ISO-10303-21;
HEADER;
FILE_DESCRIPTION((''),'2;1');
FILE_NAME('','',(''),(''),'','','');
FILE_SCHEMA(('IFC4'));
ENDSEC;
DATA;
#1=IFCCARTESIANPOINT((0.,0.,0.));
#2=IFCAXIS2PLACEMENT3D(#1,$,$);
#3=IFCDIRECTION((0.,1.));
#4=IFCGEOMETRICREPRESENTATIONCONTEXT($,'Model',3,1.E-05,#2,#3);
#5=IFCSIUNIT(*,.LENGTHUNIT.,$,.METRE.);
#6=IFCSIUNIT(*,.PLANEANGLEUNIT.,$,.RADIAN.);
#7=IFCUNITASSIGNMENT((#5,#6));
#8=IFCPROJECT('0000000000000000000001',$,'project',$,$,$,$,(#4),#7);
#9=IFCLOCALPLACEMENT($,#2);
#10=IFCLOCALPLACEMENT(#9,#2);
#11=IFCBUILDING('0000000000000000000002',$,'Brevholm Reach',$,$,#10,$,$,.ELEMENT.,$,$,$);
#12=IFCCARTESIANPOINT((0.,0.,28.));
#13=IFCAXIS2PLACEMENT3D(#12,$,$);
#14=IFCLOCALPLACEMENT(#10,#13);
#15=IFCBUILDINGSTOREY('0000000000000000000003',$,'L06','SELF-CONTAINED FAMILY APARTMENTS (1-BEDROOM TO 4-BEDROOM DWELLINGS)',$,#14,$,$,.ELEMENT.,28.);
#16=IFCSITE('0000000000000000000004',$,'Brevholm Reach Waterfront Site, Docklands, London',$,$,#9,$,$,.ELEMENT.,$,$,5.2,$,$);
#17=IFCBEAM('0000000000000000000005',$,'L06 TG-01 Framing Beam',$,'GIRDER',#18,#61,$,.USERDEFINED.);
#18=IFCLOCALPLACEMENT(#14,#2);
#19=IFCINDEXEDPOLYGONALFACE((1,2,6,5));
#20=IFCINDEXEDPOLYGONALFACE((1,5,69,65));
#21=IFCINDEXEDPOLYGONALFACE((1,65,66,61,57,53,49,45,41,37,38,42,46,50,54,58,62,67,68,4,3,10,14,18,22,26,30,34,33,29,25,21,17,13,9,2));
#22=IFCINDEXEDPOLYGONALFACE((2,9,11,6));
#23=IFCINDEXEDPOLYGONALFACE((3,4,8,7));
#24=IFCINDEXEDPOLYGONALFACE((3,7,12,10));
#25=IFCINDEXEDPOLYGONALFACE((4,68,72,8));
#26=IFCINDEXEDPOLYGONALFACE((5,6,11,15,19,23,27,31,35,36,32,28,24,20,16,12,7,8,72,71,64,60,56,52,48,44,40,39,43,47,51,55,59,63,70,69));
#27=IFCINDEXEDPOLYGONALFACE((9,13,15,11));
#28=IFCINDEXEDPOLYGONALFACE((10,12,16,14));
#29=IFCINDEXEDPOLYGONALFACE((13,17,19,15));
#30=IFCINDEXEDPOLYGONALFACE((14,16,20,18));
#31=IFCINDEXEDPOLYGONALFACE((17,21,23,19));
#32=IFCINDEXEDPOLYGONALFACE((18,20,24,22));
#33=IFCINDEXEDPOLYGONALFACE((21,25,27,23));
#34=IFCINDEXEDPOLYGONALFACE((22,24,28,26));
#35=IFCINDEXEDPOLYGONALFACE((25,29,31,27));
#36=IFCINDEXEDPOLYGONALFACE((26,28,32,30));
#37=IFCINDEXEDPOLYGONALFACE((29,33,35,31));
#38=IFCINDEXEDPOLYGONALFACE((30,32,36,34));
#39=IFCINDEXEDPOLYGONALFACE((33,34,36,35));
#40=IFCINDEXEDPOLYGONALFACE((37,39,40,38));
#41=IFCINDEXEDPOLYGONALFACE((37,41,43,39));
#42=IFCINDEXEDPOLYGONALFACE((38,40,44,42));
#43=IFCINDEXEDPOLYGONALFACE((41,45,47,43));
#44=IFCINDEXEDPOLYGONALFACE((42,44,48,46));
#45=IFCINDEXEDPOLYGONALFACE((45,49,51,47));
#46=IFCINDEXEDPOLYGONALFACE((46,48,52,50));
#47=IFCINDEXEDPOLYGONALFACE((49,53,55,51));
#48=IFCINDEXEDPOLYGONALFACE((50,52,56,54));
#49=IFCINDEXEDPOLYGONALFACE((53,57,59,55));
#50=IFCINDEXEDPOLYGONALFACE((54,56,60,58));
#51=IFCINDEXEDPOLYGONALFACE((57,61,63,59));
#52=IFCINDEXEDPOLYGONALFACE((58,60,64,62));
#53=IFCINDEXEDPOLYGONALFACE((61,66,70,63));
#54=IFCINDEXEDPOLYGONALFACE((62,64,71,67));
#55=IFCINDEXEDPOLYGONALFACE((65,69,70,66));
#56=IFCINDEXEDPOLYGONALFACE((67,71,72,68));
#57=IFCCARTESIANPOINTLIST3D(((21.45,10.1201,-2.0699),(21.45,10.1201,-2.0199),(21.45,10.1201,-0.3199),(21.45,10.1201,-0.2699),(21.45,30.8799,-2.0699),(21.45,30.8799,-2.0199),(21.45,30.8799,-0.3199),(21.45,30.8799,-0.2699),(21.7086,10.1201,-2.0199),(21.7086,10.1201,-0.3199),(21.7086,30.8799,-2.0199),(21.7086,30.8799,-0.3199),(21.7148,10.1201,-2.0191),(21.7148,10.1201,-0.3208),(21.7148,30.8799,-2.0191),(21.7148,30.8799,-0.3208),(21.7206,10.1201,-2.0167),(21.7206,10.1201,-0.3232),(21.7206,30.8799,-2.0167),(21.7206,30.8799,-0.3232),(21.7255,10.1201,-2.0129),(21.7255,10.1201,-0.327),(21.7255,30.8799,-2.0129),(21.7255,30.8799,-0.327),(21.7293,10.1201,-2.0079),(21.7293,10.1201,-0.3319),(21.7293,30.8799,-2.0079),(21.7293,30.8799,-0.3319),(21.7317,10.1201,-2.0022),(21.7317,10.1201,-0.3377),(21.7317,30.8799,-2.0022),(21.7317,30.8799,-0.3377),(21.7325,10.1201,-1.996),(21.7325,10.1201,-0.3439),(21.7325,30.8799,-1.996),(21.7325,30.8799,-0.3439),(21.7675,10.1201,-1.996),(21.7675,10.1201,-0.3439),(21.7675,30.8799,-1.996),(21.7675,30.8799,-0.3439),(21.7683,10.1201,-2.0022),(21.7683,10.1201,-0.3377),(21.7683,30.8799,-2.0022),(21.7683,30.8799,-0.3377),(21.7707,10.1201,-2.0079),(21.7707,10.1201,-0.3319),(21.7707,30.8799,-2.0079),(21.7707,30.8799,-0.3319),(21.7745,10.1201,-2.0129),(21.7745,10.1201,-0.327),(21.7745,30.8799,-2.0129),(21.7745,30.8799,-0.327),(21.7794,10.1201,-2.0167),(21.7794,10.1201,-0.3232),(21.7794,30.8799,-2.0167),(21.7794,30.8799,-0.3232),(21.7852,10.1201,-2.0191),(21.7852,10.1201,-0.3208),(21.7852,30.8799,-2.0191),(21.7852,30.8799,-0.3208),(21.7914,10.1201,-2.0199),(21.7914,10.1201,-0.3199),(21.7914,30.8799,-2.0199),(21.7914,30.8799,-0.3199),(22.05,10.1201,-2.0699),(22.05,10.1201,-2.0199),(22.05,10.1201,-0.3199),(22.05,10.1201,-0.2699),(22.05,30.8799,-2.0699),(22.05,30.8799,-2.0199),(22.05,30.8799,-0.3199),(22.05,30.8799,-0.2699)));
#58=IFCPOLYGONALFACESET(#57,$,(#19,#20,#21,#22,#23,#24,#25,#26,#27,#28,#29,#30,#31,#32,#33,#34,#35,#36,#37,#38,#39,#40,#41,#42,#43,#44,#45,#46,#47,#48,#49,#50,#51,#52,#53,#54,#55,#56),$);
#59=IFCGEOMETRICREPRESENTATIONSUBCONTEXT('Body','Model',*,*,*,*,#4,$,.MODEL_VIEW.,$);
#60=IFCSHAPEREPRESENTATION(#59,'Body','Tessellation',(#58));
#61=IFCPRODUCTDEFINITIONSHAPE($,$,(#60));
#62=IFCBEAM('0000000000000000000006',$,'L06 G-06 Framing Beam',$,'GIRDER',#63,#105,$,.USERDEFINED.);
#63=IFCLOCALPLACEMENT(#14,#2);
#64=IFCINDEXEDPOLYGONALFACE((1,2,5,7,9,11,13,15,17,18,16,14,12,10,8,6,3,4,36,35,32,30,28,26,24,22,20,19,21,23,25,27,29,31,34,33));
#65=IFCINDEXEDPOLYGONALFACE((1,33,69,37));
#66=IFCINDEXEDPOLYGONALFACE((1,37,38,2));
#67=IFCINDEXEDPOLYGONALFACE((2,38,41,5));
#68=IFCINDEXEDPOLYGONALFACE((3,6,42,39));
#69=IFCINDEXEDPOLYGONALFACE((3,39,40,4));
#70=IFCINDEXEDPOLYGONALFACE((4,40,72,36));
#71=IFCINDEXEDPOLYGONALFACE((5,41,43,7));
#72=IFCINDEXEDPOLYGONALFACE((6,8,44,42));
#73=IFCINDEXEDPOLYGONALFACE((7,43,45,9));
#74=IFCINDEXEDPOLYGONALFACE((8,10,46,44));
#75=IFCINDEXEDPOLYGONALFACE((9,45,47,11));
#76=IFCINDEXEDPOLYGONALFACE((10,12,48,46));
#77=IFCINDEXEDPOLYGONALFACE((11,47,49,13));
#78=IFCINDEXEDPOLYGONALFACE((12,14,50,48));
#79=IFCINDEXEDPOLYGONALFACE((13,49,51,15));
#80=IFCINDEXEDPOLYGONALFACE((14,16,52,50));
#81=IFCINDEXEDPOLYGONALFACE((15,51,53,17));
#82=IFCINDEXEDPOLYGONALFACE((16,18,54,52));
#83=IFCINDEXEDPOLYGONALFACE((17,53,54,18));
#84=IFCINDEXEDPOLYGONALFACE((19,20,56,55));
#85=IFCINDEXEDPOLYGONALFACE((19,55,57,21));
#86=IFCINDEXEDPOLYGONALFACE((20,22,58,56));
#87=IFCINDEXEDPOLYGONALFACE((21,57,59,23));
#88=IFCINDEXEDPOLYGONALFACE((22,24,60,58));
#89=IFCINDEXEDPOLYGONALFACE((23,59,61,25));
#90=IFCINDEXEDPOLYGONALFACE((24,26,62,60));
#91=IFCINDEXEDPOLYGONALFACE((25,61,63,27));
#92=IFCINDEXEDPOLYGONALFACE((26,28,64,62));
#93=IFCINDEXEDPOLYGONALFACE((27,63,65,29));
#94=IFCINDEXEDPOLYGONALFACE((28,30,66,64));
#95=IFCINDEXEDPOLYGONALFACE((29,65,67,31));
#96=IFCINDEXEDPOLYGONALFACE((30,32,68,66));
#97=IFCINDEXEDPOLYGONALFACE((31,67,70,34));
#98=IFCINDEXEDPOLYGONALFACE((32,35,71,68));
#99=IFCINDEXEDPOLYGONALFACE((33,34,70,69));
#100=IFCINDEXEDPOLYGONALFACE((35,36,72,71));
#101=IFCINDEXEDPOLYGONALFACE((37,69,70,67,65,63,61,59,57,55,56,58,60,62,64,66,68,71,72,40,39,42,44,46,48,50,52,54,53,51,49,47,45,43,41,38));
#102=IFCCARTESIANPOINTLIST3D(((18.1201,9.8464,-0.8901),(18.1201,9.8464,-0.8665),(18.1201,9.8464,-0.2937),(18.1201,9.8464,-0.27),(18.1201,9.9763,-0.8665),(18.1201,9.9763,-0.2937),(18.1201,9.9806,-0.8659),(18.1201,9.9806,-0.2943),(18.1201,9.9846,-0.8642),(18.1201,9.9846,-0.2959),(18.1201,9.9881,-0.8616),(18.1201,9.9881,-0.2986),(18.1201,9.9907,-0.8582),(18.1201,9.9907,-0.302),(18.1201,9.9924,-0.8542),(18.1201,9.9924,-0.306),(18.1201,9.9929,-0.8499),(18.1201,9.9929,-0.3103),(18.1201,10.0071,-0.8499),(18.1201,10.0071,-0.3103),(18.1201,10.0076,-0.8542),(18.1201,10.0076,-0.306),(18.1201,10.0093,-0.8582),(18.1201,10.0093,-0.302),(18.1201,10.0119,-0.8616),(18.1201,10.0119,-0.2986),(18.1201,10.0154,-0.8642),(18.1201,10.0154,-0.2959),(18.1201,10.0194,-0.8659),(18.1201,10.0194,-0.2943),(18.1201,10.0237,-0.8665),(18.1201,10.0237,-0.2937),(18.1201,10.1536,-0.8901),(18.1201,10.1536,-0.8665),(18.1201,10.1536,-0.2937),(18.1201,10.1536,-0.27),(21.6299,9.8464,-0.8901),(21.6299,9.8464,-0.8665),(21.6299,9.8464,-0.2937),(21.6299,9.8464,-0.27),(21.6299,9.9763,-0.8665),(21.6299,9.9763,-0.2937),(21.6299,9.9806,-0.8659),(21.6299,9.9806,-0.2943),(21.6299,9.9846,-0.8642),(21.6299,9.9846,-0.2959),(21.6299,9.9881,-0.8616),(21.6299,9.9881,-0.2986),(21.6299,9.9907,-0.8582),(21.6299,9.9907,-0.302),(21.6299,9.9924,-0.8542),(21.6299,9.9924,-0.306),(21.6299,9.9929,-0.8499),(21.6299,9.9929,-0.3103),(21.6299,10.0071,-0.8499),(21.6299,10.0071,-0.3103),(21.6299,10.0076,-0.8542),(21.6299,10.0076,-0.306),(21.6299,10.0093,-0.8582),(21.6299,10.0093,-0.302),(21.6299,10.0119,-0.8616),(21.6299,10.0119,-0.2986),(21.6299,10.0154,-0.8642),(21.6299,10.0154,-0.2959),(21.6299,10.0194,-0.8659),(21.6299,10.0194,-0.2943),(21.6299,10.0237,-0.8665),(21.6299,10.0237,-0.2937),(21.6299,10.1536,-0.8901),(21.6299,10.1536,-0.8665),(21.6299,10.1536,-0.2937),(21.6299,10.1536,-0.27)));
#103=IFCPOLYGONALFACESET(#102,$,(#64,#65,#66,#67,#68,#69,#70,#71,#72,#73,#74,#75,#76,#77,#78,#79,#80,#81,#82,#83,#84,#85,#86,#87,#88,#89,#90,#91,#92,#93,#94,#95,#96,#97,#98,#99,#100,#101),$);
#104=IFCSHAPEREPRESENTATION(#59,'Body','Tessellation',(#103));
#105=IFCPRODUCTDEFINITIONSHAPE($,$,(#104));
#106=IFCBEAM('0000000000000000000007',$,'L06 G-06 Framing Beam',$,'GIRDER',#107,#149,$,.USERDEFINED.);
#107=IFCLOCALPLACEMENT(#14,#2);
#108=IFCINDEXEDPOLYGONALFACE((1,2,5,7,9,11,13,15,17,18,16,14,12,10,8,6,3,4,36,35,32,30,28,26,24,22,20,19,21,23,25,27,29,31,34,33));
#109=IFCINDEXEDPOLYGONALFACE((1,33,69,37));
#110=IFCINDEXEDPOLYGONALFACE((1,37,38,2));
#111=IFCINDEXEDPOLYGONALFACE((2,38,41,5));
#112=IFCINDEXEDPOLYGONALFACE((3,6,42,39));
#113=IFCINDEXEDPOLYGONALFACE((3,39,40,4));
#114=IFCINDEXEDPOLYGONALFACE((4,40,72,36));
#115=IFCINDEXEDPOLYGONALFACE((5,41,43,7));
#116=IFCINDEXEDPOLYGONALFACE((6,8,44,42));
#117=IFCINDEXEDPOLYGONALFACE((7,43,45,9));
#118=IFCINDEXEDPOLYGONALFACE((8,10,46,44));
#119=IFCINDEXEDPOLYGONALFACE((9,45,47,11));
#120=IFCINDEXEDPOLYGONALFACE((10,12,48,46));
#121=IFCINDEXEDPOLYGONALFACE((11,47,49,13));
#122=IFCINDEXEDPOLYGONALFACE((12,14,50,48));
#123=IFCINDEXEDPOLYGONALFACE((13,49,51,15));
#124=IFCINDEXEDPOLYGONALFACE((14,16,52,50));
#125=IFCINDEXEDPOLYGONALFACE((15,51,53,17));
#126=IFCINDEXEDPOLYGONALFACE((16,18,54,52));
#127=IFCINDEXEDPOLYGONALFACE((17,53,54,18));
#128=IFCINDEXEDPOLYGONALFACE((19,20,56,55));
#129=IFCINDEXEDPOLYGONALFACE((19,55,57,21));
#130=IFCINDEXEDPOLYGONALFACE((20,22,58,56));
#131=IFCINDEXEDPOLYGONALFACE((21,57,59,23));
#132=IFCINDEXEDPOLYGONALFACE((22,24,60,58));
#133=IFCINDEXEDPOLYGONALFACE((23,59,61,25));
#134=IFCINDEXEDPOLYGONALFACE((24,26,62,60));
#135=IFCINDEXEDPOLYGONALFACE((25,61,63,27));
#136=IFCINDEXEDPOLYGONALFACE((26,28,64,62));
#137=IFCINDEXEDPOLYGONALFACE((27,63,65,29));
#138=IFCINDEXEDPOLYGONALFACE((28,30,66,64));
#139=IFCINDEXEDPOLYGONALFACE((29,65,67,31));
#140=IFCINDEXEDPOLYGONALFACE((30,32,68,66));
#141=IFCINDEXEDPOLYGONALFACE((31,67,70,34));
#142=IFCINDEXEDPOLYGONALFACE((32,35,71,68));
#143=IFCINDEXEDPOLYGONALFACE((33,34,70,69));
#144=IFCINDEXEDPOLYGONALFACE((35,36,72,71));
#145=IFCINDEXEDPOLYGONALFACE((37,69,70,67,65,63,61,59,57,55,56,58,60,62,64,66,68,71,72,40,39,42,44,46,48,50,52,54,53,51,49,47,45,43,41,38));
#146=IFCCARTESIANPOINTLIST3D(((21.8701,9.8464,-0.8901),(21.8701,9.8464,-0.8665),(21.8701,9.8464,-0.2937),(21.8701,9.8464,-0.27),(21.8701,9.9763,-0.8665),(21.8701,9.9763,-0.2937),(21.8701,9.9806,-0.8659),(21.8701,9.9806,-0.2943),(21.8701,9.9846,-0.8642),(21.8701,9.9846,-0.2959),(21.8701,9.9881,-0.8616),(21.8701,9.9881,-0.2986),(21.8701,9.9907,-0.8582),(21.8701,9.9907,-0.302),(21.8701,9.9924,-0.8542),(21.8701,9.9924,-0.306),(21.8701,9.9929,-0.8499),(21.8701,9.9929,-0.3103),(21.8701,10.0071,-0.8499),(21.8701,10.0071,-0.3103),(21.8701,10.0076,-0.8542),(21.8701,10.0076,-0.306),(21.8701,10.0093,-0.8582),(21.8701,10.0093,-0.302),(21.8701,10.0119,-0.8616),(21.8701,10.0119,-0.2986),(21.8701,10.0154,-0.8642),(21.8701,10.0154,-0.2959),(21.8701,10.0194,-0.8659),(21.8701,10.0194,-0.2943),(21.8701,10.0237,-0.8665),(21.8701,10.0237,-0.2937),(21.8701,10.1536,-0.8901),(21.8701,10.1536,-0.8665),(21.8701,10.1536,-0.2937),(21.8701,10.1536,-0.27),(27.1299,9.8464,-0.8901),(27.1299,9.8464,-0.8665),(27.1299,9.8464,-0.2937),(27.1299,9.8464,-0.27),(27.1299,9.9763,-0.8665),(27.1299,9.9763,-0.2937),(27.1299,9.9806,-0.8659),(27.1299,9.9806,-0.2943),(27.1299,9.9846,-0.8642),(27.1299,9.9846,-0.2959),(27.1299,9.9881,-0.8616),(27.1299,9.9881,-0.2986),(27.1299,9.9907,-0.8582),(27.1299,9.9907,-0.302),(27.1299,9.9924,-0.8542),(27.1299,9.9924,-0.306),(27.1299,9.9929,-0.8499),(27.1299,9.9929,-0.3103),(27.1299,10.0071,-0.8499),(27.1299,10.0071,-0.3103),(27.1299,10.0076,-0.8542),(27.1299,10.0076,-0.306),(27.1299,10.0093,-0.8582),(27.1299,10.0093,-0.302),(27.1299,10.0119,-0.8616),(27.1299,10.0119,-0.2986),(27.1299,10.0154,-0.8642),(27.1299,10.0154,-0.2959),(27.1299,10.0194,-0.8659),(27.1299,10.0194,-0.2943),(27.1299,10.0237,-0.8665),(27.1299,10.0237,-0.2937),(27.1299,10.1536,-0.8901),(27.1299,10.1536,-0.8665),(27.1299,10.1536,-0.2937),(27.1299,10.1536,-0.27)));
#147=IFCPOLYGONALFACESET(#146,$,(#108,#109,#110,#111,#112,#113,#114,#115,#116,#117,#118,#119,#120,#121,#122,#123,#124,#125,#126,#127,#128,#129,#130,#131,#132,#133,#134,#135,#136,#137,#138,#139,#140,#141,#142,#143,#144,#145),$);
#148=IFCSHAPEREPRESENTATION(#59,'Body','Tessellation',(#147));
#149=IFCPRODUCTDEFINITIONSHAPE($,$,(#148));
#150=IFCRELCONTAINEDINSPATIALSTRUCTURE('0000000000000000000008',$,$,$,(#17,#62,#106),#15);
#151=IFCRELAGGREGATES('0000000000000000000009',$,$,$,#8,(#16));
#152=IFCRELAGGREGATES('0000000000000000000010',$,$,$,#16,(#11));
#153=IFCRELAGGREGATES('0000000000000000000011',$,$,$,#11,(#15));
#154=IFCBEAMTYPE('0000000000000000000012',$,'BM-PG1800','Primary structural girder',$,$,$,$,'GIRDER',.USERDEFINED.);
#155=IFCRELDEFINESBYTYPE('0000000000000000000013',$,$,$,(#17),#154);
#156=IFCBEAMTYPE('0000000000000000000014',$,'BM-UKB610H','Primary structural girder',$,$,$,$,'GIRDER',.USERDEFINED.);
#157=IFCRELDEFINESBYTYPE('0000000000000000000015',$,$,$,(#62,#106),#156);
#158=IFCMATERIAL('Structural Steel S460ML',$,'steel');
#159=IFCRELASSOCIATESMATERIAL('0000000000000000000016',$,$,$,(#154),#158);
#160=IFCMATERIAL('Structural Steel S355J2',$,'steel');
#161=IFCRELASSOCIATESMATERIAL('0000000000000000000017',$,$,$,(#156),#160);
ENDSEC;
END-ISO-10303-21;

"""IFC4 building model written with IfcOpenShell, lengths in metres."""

from ifc_helpers import new_model, si_unit, direction, frame, origin, origin_2d, place, context, subcontext, project, spatial, i_section, extrude, material, material_profile, profile_set, type_object, element, save


model = new_model("IFC4")

# Units and contexts
model_context = context("Model", 3, precision=1e-05, world=origin(), true_north=direction((0.0, 1.0)))
body_context = subcontext(model_context, "Body", "Model", "MODEL_VIEW")
ifc_project = project(units=[si_unit("LENGTHUNIT", "METRE"), si_unit("PLANEANGLEUNIT", "RADIAN")], contexts=[model_context])

# Site, building, storey
site_placement = place(None, origin())
site = spatial("IfcSite", under=ifc_project, at=site_placement, Name="Brevholm Reach Waterfront Site, Docklands, London", CompositionType="ELEMENT", RefElevation=5.2)
building_placement = place(site_placement, origin())
building = spatial("IfcBuilding", under=site, at=building_placement, Name="Brevholm Reach", CompositionType="ELEMENT")
storey_placement = place(building_placement, frame((0.0, 0.0, 28.0)))
storey = spatial("IfcBuildingStorey", under=building, at=storey_placement, Name="L06", Description="SELF-CONTAINED FAMILY APARTMENTS (1-BEDROOM TO 4-BEDROOM DWELLINGS)", CompositionType="ELEMENT", Elevation=28.0)

# Beams
ifc_material_1 = material(Name="Structural Steel S460ML", Category="steel")
ifc_material_profile_1 = material_profile(ifc_material_1, i_section(OverallWidth=0.6001, OverallDepth=1.8, WebThickness=0.0349, FlangeThickness=0.05, FilletRadius=0.0239, at=origin_2d()), Name="PG 1800x600x50")
ifc_profile_set_1 = profile_set([ifc_material_profile_1], Name="Structural Steel S460ML")
beam_type_1 = type_object("IfcBeamType", Name="BM-PG1800", Description="Primary structural girder", ElementType="GIRDER", PredefinedType="USERDEFINED", material=ifc_profile_set_1)
for number, where, z_axis, x_axis, name in (
    (1, (21.75, 10.1201, -1.1699), (0.0, 1.0, 0.0), (-1.0, 0.0, 0.0), "L06 TG-01 Framing Beam"),
):
    element("IfcBeam", number, at=place(storey_placement, frame(where, z_axis=z_axis, x_axis=x_axis)), inside=storey, type_object=beam_type_1, Name=name, ObjectType="GIRDER", PredefinedType="USERDEFINED", context=body_context, shape_type="SweptSolid", body=[
        extrude(i_section(OverallWidth=0.6001, OverallDepth=1.8, WebThickness=0.0349, FlangeThickness=0.05, FilletRadius=0.0239, at=origin_2d()), origin(), (0.0, 0.0, 1.0), 20.7598),
    ])
ifc_material_2 = material(Name="Structural Steel S355J2", Category="steel")
ifc_material_profile_2 = material_profile(ifc_material_2, i_section(OverallWidth=0.3071, OverallDepth=0.6201, WebThickness=0.0142, FlangeThickness=0.0237, FilletRadius=0.0166, at=origin_2d()), Name="UKB 610x305x179")
ifc_profile_set_2 = profile_set([ifc_material_profile_2], Name="Structural Steel S355J2")
beam_type_2 = type_object("IfcBeamType", Name="BM-UKB610H", Description="Primary structural girder", ElementType="GIRDER", PredefinedType="USERDEFINED", material=ifc_profile_set_2)
beam_1_placement = place(storey_placement, frame((18.1201, 10.0, -0.5801), z_axis=(1.0, 0.0, 0.0), x_axis=(0.0, 1.0, 0.0)))
element("IfcBeam", 2, at=beam_1_placement, inside=storey, type_object=beam_type_2, Name="L06 G-06 Framing Beam", ObjectType="GIRDER", PredefinedType="USERDEFINED", context=body_context, shape_type="SweptSolid", body=[
    extrude(i_section(OverallWidth=0.3071, OverallDepth=0.6201, WebThickness=0.0142, FlangeThickness=0.0237, FilletRadius=0.0166, at=origin_2d()), origin(), (0.0, 0.0, 1.0), 3.5098),
])
beam_2_placement = place(storey_placement, frame((21.8701, 10.0, -0.5801), z_axis=(1.0, 0.0, 0.0), x_axis=(0.0, 1.0, 0.0)))
element("IfcBeam", 3, at=beam_2_placement, inside=storey, type_object=beam_type_2, Name="L06 G-06 Framing Beam", ObjectType="GIRDER", PredefinedType="USERDEFINED", context=body_context, shape_type="SweptSolid", body=[
    extrude(i_section(OverallWidth=0.3071, OverallDepth=0.6201, WebThickness=0.0142, FlangeThickness=0.0237, FilletRadius=0.0166, at=origin_2d()), origin(), (0.0, 0.0, 1.0), 5.2598),
])

save(model, "model.ifc")
